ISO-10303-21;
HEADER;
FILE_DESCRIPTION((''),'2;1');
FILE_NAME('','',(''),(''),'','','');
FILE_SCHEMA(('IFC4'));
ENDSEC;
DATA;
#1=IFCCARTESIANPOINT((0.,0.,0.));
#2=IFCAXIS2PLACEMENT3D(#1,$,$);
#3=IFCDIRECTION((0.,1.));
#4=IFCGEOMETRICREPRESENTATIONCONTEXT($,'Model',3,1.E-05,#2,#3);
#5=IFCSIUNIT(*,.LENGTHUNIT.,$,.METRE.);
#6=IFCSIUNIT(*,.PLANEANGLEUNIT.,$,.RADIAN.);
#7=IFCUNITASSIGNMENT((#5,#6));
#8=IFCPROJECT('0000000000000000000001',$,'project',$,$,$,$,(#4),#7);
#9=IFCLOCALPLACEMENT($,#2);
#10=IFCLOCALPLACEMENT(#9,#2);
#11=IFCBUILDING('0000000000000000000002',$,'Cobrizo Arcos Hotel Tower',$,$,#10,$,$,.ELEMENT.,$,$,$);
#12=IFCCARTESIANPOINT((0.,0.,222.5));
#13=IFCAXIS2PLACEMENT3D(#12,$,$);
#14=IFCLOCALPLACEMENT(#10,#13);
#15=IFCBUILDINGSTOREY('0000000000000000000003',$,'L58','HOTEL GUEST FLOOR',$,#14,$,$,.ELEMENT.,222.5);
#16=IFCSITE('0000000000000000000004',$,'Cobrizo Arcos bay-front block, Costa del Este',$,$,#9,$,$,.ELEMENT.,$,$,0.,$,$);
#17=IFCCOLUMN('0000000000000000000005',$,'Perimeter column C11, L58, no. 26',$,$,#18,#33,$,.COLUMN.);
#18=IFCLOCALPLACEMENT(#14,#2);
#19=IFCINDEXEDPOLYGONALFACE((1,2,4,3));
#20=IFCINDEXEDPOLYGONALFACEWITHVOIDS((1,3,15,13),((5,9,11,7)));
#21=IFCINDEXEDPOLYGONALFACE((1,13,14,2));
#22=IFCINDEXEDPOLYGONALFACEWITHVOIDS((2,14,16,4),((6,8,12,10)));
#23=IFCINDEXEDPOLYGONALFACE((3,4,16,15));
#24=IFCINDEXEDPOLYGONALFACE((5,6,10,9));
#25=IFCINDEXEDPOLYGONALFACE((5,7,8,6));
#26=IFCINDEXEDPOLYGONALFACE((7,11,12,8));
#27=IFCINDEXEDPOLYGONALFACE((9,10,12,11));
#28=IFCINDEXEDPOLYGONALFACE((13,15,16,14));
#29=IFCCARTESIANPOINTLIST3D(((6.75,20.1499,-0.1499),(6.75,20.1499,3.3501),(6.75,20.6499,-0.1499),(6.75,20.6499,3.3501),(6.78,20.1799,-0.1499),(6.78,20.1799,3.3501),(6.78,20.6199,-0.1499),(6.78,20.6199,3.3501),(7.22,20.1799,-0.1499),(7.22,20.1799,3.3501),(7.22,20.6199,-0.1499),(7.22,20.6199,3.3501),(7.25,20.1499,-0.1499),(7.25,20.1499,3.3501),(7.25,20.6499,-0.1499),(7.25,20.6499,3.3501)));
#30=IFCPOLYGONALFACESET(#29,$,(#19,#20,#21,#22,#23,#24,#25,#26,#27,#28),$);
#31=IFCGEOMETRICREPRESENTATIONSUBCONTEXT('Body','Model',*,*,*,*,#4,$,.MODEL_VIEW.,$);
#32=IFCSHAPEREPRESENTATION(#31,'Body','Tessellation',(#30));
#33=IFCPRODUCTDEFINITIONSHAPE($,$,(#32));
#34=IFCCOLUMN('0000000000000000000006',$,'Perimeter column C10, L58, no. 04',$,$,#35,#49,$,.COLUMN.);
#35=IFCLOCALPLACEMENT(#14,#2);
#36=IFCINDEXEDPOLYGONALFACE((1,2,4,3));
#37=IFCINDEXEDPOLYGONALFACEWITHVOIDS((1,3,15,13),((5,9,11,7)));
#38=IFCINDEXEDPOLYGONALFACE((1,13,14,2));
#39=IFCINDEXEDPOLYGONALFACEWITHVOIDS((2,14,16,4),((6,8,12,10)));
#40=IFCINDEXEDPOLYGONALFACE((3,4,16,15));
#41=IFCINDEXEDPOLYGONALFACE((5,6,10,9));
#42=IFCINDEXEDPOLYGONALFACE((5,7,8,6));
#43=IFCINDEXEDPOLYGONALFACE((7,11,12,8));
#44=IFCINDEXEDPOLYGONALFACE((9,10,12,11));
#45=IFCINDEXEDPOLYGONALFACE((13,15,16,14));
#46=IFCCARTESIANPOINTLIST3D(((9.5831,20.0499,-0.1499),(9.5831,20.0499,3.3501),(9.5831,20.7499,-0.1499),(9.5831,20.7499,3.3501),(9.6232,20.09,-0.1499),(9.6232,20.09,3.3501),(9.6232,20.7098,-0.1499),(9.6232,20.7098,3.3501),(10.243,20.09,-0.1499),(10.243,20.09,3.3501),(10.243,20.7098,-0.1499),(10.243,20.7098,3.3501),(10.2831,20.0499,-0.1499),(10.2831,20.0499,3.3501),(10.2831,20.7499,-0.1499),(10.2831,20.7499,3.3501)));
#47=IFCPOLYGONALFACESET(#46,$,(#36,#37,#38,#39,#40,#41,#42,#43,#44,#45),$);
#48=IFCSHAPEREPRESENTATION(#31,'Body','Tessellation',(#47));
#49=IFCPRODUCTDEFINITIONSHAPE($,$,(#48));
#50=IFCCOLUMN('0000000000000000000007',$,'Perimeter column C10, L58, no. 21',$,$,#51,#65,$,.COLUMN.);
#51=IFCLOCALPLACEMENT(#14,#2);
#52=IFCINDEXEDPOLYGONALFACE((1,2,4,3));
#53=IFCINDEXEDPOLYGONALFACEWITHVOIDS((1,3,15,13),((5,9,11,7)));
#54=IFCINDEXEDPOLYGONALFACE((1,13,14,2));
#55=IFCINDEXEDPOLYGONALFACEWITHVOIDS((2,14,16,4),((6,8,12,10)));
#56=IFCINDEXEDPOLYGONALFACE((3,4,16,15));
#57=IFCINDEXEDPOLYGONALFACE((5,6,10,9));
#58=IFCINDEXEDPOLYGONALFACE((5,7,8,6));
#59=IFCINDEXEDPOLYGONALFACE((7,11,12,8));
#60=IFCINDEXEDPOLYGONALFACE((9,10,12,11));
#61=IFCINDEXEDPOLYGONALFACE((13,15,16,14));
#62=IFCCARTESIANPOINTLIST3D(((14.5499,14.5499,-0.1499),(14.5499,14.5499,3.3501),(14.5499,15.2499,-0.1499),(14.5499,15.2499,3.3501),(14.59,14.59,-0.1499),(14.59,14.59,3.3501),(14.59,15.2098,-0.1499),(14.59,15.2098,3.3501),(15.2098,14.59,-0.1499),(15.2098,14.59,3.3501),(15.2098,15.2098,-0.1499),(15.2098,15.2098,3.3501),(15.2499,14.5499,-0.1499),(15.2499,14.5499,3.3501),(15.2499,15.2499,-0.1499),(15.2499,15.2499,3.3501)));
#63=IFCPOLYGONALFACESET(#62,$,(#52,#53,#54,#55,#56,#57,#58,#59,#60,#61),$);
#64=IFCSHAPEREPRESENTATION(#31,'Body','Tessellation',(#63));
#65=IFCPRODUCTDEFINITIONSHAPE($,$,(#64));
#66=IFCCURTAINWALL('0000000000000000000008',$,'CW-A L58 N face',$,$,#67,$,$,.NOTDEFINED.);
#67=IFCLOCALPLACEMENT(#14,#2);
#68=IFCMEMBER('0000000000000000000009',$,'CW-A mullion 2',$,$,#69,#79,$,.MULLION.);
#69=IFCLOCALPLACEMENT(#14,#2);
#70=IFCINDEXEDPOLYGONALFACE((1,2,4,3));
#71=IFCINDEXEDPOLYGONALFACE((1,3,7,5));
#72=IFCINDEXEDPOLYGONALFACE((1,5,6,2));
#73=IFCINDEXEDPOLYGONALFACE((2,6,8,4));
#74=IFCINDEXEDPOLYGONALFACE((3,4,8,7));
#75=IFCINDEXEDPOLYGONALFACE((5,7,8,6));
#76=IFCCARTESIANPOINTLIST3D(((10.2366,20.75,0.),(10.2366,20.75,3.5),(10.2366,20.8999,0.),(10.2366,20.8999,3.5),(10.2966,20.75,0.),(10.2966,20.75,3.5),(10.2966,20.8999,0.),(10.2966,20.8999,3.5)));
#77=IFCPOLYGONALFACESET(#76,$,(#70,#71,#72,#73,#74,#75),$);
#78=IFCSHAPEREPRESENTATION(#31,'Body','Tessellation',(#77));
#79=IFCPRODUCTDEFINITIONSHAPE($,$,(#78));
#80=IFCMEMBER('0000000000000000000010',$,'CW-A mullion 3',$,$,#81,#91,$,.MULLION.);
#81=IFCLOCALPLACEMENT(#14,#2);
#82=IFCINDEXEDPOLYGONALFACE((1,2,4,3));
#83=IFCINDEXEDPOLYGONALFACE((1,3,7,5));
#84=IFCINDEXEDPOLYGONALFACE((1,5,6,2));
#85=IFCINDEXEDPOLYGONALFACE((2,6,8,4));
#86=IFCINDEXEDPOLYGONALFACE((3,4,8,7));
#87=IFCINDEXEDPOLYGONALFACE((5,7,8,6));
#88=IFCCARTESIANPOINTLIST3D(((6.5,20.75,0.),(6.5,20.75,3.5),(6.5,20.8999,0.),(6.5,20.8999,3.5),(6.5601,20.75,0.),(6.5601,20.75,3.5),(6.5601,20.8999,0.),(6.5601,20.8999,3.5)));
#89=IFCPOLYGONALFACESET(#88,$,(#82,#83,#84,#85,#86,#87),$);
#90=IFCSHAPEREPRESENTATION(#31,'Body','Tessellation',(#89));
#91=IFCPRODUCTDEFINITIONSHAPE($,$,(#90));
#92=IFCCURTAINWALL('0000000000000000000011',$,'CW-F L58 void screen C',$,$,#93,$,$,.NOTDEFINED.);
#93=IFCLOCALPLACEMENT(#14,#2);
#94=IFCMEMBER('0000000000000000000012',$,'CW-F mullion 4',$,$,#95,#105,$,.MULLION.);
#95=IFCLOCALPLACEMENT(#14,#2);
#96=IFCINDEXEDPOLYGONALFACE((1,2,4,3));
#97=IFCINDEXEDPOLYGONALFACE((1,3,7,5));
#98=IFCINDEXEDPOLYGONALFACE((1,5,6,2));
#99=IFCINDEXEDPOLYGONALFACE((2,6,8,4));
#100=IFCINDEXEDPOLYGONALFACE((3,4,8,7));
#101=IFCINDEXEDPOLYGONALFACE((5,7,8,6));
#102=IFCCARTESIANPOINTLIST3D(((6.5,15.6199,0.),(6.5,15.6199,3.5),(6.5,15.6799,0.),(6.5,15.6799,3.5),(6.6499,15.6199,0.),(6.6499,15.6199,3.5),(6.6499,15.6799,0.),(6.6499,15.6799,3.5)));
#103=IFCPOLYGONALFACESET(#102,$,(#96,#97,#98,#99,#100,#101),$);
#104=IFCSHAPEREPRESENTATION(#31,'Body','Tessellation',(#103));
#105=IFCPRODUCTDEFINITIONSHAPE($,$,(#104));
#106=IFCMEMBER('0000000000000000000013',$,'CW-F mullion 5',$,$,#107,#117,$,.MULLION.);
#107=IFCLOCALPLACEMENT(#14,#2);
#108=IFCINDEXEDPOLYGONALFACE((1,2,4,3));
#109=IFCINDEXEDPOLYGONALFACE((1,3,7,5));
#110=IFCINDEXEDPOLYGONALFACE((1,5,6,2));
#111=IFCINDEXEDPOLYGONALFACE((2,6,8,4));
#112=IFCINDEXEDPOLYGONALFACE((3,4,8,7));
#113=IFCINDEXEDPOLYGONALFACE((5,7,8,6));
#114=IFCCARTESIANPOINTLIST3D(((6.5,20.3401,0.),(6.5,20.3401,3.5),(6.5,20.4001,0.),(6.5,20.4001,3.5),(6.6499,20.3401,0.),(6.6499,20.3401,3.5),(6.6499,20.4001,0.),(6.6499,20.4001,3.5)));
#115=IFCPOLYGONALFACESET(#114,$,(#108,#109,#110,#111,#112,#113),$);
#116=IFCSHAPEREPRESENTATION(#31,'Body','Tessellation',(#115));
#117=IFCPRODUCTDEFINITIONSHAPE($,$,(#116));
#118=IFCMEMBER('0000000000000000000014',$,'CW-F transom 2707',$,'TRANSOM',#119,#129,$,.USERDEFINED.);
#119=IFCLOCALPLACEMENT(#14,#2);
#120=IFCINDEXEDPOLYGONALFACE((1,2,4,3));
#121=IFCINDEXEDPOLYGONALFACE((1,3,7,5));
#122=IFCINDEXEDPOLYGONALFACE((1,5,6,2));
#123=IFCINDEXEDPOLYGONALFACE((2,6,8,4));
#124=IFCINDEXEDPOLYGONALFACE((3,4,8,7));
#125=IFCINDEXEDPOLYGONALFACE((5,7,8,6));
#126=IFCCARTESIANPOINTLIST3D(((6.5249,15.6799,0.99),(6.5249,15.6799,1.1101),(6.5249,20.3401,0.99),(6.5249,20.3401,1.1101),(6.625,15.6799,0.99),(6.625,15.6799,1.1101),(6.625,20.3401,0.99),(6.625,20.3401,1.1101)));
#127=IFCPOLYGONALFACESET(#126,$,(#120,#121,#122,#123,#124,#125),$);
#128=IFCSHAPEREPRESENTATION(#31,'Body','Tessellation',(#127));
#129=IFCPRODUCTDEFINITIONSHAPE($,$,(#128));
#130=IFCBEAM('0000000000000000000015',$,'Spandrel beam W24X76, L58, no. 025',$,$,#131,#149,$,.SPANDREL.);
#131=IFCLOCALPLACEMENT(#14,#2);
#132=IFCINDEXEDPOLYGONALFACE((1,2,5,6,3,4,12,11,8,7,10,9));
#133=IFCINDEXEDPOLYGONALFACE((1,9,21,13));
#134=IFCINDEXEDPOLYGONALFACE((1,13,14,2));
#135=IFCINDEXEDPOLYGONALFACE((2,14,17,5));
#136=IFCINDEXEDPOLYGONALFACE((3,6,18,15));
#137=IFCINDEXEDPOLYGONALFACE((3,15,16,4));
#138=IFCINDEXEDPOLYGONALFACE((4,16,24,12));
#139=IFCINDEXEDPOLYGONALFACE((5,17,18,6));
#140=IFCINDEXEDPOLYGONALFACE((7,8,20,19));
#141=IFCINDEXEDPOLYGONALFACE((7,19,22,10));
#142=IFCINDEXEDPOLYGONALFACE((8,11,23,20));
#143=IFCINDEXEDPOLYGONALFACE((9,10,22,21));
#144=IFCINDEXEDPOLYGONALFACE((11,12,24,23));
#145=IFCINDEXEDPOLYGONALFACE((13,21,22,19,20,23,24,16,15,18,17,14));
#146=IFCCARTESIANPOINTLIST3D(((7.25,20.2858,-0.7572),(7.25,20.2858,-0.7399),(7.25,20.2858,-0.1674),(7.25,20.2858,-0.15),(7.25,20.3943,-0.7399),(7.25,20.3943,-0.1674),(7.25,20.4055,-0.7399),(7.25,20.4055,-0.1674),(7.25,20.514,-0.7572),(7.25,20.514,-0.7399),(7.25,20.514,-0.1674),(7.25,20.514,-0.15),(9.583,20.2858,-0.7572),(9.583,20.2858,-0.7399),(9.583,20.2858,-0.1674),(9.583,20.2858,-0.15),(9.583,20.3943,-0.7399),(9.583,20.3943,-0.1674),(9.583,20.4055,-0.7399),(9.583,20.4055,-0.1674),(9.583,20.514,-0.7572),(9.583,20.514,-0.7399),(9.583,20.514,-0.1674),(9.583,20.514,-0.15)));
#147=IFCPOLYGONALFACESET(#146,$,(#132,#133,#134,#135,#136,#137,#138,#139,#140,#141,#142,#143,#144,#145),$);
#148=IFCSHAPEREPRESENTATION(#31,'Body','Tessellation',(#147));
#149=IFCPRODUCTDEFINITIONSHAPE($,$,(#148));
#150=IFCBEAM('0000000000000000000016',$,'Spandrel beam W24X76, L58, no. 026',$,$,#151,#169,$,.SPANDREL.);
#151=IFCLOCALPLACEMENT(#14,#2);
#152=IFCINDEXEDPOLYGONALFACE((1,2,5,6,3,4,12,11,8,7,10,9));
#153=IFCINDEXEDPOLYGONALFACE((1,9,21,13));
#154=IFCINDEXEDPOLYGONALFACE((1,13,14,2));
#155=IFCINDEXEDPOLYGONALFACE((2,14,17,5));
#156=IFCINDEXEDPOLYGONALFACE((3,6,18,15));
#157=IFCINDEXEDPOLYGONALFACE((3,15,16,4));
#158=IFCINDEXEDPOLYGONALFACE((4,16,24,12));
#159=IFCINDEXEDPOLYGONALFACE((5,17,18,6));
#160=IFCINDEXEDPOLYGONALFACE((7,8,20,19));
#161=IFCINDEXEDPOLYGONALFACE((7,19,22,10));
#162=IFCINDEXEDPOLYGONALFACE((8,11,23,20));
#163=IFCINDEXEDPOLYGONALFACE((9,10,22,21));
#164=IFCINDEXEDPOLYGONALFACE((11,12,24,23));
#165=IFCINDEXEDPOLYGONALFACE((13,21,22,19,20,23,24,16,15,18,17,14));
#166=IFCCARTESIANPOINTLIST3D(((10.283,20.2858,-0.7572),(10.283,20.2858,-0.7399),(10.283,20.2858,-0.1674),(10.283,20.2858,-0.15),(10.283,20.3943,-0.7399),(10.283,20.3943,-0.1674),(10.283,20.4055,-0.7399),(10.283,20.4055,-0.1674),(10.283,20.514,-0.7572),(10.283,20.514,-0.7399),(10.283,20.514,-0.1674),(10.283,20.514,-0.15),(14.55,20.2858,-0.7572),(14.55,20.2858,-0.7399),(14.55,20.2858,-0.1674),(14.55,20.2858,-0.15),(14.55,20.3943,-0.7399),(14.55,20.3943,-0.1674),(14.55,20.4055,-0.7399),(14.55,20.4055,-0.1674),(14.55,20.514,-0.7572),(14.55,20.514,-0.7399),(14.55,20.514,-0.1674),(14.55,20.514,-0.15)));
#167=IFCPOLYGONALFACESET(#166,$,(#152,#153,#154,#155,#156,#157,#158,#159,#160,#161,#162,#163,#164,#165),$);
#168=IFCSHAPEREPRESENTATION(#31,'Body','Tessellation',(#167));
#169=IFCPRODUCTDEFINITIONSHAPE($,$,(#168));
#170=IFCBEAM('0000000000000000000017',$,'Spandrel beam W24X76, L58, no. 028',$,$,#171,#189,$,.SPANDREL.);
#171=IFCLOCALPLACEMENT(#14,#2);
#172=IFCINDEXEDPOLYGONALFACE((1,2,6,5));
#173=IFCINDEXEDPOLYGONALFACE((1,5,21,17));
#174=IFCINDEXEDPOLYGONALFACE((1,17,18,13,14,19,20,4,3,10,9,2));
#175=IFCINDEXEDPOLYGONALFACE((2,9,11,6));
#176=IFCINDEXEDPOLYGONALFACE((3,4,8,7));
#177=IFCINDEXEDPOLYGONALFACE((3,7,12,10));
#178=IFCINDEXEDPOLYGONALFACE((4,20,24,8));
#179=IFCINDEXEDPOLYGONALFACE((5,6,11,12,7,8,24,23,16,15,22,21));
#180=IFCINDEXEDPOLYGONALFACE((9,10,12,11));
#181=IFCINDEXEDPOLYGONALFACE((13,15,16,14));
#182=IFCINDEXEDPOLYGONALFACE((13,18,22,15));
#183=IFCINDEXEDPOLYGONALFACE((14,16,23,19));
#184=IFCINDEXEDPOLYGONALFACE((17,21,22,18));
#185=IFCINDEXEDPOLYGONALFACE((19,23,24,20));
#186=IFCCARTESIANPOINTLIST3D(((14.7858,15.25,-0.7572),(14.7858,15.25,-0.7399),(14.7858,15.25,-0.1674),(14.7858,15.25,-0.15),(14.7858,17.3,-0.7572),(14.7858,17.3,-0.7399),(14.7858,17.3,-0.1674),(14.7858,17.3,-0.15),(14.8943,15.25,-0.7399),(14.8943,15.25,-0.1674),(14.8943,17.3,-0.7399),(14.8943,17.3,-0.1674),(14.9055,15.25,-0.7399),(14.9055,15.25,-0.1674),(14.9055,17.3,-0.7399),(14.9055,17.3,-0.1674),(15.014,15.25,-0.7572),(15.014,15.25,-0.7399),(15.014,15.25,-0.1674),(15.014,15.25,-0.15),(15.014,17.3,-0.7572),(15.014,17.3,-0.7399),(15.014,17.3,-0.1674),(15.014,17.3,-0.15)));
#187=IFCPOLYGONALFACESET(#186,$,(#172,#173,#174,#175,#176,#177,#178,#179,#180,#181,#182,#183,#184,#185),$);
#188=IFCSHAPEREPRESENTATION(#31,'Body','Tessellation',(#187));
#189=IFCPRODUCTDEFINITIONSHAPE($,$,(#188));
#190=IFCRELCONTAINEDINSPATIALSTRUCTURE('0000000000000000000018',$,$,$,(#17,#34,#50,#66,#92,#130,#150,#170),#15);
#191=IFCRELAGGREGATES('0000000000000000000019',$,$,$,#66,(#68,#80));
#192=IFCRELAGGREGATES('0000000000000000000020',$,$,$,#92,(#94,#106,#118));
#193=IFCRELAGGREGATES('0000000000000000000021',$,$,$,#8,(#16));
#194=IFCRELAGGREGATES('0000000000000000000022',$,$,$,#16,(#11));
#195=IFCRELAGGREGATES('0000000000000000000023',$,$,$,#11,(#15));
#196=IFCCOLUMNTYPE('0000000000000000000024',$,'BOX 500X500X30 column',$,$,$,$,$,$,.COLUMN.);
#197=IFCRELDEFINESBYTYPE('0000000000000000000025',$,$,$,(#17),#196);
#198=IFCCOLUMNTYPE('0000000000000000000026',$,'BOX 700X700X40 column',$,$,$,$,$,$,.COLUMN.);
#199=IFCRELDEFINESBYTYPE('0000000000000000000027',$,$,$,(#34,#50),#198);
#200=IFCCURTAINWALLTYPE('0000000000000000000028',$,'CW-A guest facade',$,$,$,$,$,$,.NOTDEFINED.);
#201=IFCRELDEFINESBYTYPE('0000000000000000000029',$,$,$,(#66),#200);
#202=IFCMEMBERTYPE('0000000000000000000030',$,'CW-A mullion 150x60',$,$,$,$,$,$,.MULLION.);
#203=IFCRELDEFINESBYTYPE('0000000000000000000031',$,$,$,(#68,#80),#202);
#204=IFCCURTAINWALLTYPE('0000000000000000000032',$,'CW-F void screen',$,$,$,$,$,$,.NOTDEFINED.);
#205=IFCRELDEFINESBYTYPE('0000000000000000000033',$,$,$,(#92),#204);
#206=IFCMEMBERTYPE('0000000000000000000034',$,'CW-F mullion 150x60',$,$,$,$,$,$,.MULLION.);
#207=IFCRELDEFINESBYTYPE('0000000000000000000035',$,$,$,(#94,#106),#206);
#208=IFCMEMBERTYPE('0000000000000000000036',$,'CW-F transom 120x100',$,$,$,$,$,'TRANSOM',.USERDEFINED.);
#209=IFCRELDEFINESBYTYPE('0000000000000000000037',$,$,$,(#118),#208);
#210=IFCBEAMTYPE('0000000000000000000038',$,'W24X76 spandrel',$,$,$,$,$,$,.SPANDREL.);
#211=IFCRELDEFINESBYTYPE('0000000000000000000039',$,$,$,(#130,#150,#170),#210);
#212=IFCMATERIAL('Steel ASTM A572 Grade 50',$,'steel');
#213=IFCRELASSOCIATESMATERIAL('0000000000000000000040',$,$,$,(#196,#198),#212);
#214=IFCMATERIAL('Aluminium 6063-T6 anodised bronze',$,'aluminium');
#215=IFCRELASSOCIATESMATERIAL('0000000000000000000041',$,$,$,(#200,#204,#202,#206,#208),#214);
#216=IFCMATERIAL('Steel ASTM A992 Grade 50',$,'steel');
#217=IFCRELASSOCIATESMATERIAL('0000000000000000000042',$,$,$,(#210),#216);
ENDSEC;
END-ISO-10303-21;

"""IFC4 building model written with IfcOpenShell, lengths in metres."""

from ifc_helpers import new_model, si_unit, direction, frame, origin, origin_2d, place, context, subcontext, project, spatial, rectangle, hollow_rectangle, i_section, extrude, material, material_profile, profile_set, type_object, element, aggregate, save


model = new_model("IFC4")

# Units and contexts
model_context = context("Model", 3, precision=1e-05, world=origin(), true_north=direction((0.0, 1.0)))
body_context = subcontext(model_context, "Body", "Model", "MODEL_VIEW")
ifc_project = project(units=[si_unit("LENGTHUNIT", "METRE"), si_unit("PLANEANGLEUNIT", "RADIAN")], contexts=[model_context])

# Site, building, storey
site_placement = place(None, origin())
site = spatial("IfcSite", under=ifc_project, at=site_placement, Name="Cobrizo Arcos bay-front block, Costa del Este", CompositionType="ELEMENT", RefElevation=0.0)
building_placement = place(site_placement, origin())
building = spatial("IfcBuilding", under=site, at=building_placement, Name="Cobrizo Arcos Hotel Tower", CompositionType="ELEMENT")
storey_placement = place(building_placement, frame((0.0, 0.0, 222.5)))
storey = spatial("IfcBuildingStorey", under=building, at=storey_placement, Name="L58", Description="HOTEL GUEST FLOOR", CompositionType="ELEMENT", Elevation=222.5)

# Columns
ifc_material_1 = material(Name="Steel ASTM A572 Grade 50", Category="steel")
ifc_material_profile_1 = material_profile(ifc_material_1, hollow_rectangle(XDim=0.5, YDim=0.5, WallThickness=0.03, at=origin_2d()), Name="BOX 500X500X30")
ifc_profile_set_1 = profile_set([ifc_material_profile_1], Name="Steel ASTM A572 Grade 50")
column_type_1 = type_object("IfcColumnType", Name="BOX 500X500X30 column", PredefinedType="COLUMN", material=ifc_profile_set_1)
column_placement = place(storey_placement, frame((7.0, 20.3999, -0.1499), z_axis=(0.0, 0.0, 1.0), x_axis=(1.0, 0.0, 0.0)))
element("IfcColumn", 1, at=column_placement, inside=storey, type_object=column_type_1, Name="Perimeter column C11, L58, no. 26", PredefinedType="COLUMN", context=body_context, shape_type="SweptSolid", body=[
    extrude(hollow_rectangle(XDim=0.5, YDim=0.5, WallThickness=0.03, at=origin_2d()), origin(), (0.0, 0.0, 1.0), 3.5),
])
ifc_material_profile_2 = material_profile(ifc_material_1, hollow_rectangle(XDim=0.7, YDim=0.7, WallThickness=0.04, at=origin_2d()), Name="BOX 700X700X40")
ifc_profile_set_2 = profile_set([ifc_material_profile_2], Name="Steel ASTM A572 Grade 50")
column_type_2 = type_object("IfcColumnType", Name="BOX 700X700X40 column", PredefinedType="COLUMN", material=ifc_profile_set_2)
for number, where, z_axis, x_axis, name in (
    (2, (9.9331, 20.3999, -0.1499), (0.0, 0.0, 1.0), (1.0, 0.0, 0.0), "Perimeter column C10, L58, no. 04"),
    (3, (14.8999, 14.8999, -0.1499), (0.0, 0.0, 1.0), (1.0, 0.0, 0.0), "Perimeter column C10, L58, no. 21"),
):
    element("IfcColumn", number, at=place(storey_placement, frame(where, z_axis=z_axis, x_axis=x_axis)), inside=storey, type_object=column_type_2, Name=name, PredefinedType="COLUMN", context=body_context, shape_type="SweptSolid", body=[
        extrude(hollow_rectangle(XDim=0.7, YDim=0.7, WallThickness=0.04, at=origin_2d()), origin(), (0.0, 0.0, 1.0), 3.5),
    ])

# Curtain walls, members
ifc_material_2 = material(Name="Aluminium 6063-T6 anodised bronze", Category="aluminium")
curtain_wall_type_1 = type_object("IfcCurtainWallType", Name="CW-A guest facade", PredefinedType="NOTDEFINED", material=ifc_material_2)
curtain_wall_1_placement = place(storey_placement, origin())
curtain_wall_1 = element("IfcCurtainWall", 4, at=curtain_wall_1_placement, inside=storey, type_object=curtain_wall_type_1, Name="CW-A L58 N face", PredefinedType="NOTDEFINED")
ifc_material_profile_3 = material_profile(ifc_material_2, rectangle(XDim=0.1499, YDim=0.0601, at=origin_2d()), Name="CW-A mullion 150x60")
ifc_profile_set_3 = profile_set([ifc_material_profile_3], Name="Aluminium 6063-T6 anodised bronze")
member_type_1 = type_object("IfcMemberType", Name="CW-A mullion 150x60", PredefinedType="MULLION", material=ifc_profile_set_3)
member_1_placement = place(storey_placement, frame((10.2666, 20.825, 0.0), z_axis=(0.0, 0.0, 1.0), x_axis=(0.0, 1.0, 0.0)))
member_1 = element("IfcMember", 5, at=member_1_placement, type_object=member_type_1, Name="CW-A mullion 2", PredefinedType="MULLION", context=body_context, shape_type="SweptSolid", body=[
    extrude(rectangle(XDim=0.1499, YDim=0.0601, at=origin_2d()), origin(), (0.0, 0.0, 1.0), 3.5),
])
member_2_placement = place(storey_placement, frame((6.53, 20.825, 0.0), z_axis=(0.0, 0.0, 1.0), x_axis=(0.0, 1.0, 0.0)))
member_2 = element("IfcMember", 6, at=member_2_placement, type_object=member_type_1, Name="CW-A mullion 3", PredefinedType="MULLION", context=body_context, shape_type="SweptSolid", body=[
    extrude(rectangle(XDim=0.1499, YDim=0.0601, at=origin_2d()), origin(), (0.0, 0.0, 1.0), 3.5),
])
curtain_wall_type_2 = type_object("IfcCurtainWallType", Name="CW-F void screen", PredefinedType="NOTDEFINED", material=ifc_material_2)
curtain_wall_2_placement = place(storey_placement, origin())
curtain_wall_2 = element("IfcCurtainWall", 7, at=curtain_wall_2_placement, inside=storey, type_object=curtain_wall_type_2, Name="CW-F L58 void screen C", PredefinedType="NOTDEFINED")
ifc_material_profile_4 = material_profile(ifc_material_2, rectangle(XDim=0.1499, YDim=0.0601, at=origin_2d()), Name="CW-F mullion 150x60")
ifc_profile_set_4 = profile_set([ifc_material_profile_4], Name="Aluminium 6063-T6 anodised bronze")
member_type_2 = type_object("IfcMemberType", Name="CW-F mullion 150x60", PredefinedType="MULLION", material=ifc_profile_set_4)
member_3_placement = place(storey_placement, frame((6.575, 15.6499, 0.0), z_axis=(0.0, 0.0, 1.0), x_axis=(1.0, 0.0, 0.0)))
member_3 = element("IfcMember", 8, at=member_3_placement, type_object=member_type_2, Name="CW-F mullion 4", PredefinedType="MULLION", context=body_context, shape_type="SweptSolid", body=[
    extrude(rectangle(XDim=0.1499, YDim=0.0601, at=origin_2d()), origin(), (0.0, 0.0, 1.0), 3.5),
])
member_4_placement = place(storey_placement, frame((6.575, 20.3701, 0.0), z_axis=(0.0, 0.0, 1.0), x_axis=(1.0, 0.0, 0.0)))
member_4 = element("IfcMember", 9, at=member_4_placement, type_object=member_type_2, Name="CW-F mullion 5", PredefinedType="MULLION", context=body_context, shape_type="SweptSolid", body=[
    extrude(rectangle(XDim=0.1499, YDim=0.0601, at=origin_2d()), origin(), (0.0, 0.0, 1.0), 3.5),
])
ifc_material_profile_5 = material_profile(ifc_material_2, rectangle(XDim=0.1001, YDim=0.1201, at=origin_2d()), Name="CW-F transom 120x100")
ifc_profile_set_5 = profile_set([ifc_material_profile_5], Name="Aluminium 6063-T6 anodised bronze")
member_type_3 = type_object("IfcMemberType", Name="CW-F transom 120x100", ElementType="TRANSOM", PredefinedType="USERDEFINED", material=ifc_profile_set_5)
member_5_placement = place(storey_placement, frame((6.575, 15.6799, 1.05), z_axis=(0.0, 1.0, 0.0), x_axis=(-1.0, 0.0, 0.0)))
member_5 = element("IfcMember", 10, at=member_5_placement, type_object=member_type_3, Name="CW-F transom 2707", ObjectType="TRANSOM", PredefinedType="USERDEFINED", context=body_context, shape_type="SweptSolid", body=[
    extrude(rectangle(XDim=0.1001, YDim=0.1201, at=origin_2d()), origin(), (0.0, 0.0, 1.0), 4.6602),
])

# Beams
ifc_material_3 = material(Name="Steel ASTM A992 Grade 50", Category="steel")
ifc_material_profile_6 = material_profile(ifc_material_3, i_section(OverallWidth=0.2283, OverallDepth=0.6072, WebThickness=0.0112, FlangeThickness=0.0173, at=origin_2d()), Name="W24X76")
ifc_profile_set_6 = profile_set([ifc_material_profile_6], Name="Steel ASTM A992 Grade 50")
beam_type = type_object("IfcBeamType", Name="W24X76 spandrel", PredefinedType="SPANDREL", material=ifc_profile_set_6)
beam_1_placement = place(storey_placement, frame((7.25, 20.3999, -0.4536), z_axis=(1.0, 0.0, 0.0), x_axis=(0.0, 1.0, 0.0)))
element("IfcBeam", 11, at=beam_1_placement, inside=storey, type_object=beam_type, Name="Spandrel beam W24X76, L58, no. 025", PredefinedType="SPANDREL", context=body_context, shape_type="SweptSolid", body=[
    extrude(i_section(OverallWidth=0.2283, OverallDepth=0.6072, WebThickness=0.0112, FlangeThickness=0.0173, at=origin_2d()), origin(), (0.0, 0.0, 1.0), 2.333),
])
beam_2_placement = place(storey_placement, frame((10.283, 20.3999, -0.4536), z_axis=(1.0, 0.0, 0.0), x_axis=(0.0, 1.0, 0.0)))
element("IfcBeam", 12, at=beam_2_placement, inside=storey, type_object=beam_type, Name="Spandrel beam W24X76, L58, no. 026", PredefinedType="SPANDREL", context=body_context, shape_type="SweptSolid", body=[
    extrude(i_section(OverallWidth=0.2283, OverallDepth=0.6072, WebThickness=0.0112, FlangeThickness=0.0173, at=origin_2d()), origin(), (0.0, 0.0, 1.0), 4.2671),
])
beam_3_placement = place(storey_placement, frame((14.8999, 17.3, -0.4536), z_axis=(0.0, -1.0, 0.0), x_axis=(1.0, 0.0, 0.0)))
element("IfcBeam", 13, at=beam_3_placement, inside=storey, type_object=beam_type, Name="Spandrel beam W24X76, L58, no. 028", PredefinedType="SPANDREL", context=body_context, shape_type="SweptSolid", body=[
    extrude(i_section(OverallWidth=0.2283, OverallDepth=0.6072, WebThickness=0.0112, FlangeThickness=0.0173, at=origin_2d()), origin(), (0.0, 0.0, 1.0), 2.05),
])

aggregate(curtain_wall_1, [member_1, member_2])
aggregate(curtain_wall_2, [member_3, member_4, member_5])

save(model, "model.ifc")
